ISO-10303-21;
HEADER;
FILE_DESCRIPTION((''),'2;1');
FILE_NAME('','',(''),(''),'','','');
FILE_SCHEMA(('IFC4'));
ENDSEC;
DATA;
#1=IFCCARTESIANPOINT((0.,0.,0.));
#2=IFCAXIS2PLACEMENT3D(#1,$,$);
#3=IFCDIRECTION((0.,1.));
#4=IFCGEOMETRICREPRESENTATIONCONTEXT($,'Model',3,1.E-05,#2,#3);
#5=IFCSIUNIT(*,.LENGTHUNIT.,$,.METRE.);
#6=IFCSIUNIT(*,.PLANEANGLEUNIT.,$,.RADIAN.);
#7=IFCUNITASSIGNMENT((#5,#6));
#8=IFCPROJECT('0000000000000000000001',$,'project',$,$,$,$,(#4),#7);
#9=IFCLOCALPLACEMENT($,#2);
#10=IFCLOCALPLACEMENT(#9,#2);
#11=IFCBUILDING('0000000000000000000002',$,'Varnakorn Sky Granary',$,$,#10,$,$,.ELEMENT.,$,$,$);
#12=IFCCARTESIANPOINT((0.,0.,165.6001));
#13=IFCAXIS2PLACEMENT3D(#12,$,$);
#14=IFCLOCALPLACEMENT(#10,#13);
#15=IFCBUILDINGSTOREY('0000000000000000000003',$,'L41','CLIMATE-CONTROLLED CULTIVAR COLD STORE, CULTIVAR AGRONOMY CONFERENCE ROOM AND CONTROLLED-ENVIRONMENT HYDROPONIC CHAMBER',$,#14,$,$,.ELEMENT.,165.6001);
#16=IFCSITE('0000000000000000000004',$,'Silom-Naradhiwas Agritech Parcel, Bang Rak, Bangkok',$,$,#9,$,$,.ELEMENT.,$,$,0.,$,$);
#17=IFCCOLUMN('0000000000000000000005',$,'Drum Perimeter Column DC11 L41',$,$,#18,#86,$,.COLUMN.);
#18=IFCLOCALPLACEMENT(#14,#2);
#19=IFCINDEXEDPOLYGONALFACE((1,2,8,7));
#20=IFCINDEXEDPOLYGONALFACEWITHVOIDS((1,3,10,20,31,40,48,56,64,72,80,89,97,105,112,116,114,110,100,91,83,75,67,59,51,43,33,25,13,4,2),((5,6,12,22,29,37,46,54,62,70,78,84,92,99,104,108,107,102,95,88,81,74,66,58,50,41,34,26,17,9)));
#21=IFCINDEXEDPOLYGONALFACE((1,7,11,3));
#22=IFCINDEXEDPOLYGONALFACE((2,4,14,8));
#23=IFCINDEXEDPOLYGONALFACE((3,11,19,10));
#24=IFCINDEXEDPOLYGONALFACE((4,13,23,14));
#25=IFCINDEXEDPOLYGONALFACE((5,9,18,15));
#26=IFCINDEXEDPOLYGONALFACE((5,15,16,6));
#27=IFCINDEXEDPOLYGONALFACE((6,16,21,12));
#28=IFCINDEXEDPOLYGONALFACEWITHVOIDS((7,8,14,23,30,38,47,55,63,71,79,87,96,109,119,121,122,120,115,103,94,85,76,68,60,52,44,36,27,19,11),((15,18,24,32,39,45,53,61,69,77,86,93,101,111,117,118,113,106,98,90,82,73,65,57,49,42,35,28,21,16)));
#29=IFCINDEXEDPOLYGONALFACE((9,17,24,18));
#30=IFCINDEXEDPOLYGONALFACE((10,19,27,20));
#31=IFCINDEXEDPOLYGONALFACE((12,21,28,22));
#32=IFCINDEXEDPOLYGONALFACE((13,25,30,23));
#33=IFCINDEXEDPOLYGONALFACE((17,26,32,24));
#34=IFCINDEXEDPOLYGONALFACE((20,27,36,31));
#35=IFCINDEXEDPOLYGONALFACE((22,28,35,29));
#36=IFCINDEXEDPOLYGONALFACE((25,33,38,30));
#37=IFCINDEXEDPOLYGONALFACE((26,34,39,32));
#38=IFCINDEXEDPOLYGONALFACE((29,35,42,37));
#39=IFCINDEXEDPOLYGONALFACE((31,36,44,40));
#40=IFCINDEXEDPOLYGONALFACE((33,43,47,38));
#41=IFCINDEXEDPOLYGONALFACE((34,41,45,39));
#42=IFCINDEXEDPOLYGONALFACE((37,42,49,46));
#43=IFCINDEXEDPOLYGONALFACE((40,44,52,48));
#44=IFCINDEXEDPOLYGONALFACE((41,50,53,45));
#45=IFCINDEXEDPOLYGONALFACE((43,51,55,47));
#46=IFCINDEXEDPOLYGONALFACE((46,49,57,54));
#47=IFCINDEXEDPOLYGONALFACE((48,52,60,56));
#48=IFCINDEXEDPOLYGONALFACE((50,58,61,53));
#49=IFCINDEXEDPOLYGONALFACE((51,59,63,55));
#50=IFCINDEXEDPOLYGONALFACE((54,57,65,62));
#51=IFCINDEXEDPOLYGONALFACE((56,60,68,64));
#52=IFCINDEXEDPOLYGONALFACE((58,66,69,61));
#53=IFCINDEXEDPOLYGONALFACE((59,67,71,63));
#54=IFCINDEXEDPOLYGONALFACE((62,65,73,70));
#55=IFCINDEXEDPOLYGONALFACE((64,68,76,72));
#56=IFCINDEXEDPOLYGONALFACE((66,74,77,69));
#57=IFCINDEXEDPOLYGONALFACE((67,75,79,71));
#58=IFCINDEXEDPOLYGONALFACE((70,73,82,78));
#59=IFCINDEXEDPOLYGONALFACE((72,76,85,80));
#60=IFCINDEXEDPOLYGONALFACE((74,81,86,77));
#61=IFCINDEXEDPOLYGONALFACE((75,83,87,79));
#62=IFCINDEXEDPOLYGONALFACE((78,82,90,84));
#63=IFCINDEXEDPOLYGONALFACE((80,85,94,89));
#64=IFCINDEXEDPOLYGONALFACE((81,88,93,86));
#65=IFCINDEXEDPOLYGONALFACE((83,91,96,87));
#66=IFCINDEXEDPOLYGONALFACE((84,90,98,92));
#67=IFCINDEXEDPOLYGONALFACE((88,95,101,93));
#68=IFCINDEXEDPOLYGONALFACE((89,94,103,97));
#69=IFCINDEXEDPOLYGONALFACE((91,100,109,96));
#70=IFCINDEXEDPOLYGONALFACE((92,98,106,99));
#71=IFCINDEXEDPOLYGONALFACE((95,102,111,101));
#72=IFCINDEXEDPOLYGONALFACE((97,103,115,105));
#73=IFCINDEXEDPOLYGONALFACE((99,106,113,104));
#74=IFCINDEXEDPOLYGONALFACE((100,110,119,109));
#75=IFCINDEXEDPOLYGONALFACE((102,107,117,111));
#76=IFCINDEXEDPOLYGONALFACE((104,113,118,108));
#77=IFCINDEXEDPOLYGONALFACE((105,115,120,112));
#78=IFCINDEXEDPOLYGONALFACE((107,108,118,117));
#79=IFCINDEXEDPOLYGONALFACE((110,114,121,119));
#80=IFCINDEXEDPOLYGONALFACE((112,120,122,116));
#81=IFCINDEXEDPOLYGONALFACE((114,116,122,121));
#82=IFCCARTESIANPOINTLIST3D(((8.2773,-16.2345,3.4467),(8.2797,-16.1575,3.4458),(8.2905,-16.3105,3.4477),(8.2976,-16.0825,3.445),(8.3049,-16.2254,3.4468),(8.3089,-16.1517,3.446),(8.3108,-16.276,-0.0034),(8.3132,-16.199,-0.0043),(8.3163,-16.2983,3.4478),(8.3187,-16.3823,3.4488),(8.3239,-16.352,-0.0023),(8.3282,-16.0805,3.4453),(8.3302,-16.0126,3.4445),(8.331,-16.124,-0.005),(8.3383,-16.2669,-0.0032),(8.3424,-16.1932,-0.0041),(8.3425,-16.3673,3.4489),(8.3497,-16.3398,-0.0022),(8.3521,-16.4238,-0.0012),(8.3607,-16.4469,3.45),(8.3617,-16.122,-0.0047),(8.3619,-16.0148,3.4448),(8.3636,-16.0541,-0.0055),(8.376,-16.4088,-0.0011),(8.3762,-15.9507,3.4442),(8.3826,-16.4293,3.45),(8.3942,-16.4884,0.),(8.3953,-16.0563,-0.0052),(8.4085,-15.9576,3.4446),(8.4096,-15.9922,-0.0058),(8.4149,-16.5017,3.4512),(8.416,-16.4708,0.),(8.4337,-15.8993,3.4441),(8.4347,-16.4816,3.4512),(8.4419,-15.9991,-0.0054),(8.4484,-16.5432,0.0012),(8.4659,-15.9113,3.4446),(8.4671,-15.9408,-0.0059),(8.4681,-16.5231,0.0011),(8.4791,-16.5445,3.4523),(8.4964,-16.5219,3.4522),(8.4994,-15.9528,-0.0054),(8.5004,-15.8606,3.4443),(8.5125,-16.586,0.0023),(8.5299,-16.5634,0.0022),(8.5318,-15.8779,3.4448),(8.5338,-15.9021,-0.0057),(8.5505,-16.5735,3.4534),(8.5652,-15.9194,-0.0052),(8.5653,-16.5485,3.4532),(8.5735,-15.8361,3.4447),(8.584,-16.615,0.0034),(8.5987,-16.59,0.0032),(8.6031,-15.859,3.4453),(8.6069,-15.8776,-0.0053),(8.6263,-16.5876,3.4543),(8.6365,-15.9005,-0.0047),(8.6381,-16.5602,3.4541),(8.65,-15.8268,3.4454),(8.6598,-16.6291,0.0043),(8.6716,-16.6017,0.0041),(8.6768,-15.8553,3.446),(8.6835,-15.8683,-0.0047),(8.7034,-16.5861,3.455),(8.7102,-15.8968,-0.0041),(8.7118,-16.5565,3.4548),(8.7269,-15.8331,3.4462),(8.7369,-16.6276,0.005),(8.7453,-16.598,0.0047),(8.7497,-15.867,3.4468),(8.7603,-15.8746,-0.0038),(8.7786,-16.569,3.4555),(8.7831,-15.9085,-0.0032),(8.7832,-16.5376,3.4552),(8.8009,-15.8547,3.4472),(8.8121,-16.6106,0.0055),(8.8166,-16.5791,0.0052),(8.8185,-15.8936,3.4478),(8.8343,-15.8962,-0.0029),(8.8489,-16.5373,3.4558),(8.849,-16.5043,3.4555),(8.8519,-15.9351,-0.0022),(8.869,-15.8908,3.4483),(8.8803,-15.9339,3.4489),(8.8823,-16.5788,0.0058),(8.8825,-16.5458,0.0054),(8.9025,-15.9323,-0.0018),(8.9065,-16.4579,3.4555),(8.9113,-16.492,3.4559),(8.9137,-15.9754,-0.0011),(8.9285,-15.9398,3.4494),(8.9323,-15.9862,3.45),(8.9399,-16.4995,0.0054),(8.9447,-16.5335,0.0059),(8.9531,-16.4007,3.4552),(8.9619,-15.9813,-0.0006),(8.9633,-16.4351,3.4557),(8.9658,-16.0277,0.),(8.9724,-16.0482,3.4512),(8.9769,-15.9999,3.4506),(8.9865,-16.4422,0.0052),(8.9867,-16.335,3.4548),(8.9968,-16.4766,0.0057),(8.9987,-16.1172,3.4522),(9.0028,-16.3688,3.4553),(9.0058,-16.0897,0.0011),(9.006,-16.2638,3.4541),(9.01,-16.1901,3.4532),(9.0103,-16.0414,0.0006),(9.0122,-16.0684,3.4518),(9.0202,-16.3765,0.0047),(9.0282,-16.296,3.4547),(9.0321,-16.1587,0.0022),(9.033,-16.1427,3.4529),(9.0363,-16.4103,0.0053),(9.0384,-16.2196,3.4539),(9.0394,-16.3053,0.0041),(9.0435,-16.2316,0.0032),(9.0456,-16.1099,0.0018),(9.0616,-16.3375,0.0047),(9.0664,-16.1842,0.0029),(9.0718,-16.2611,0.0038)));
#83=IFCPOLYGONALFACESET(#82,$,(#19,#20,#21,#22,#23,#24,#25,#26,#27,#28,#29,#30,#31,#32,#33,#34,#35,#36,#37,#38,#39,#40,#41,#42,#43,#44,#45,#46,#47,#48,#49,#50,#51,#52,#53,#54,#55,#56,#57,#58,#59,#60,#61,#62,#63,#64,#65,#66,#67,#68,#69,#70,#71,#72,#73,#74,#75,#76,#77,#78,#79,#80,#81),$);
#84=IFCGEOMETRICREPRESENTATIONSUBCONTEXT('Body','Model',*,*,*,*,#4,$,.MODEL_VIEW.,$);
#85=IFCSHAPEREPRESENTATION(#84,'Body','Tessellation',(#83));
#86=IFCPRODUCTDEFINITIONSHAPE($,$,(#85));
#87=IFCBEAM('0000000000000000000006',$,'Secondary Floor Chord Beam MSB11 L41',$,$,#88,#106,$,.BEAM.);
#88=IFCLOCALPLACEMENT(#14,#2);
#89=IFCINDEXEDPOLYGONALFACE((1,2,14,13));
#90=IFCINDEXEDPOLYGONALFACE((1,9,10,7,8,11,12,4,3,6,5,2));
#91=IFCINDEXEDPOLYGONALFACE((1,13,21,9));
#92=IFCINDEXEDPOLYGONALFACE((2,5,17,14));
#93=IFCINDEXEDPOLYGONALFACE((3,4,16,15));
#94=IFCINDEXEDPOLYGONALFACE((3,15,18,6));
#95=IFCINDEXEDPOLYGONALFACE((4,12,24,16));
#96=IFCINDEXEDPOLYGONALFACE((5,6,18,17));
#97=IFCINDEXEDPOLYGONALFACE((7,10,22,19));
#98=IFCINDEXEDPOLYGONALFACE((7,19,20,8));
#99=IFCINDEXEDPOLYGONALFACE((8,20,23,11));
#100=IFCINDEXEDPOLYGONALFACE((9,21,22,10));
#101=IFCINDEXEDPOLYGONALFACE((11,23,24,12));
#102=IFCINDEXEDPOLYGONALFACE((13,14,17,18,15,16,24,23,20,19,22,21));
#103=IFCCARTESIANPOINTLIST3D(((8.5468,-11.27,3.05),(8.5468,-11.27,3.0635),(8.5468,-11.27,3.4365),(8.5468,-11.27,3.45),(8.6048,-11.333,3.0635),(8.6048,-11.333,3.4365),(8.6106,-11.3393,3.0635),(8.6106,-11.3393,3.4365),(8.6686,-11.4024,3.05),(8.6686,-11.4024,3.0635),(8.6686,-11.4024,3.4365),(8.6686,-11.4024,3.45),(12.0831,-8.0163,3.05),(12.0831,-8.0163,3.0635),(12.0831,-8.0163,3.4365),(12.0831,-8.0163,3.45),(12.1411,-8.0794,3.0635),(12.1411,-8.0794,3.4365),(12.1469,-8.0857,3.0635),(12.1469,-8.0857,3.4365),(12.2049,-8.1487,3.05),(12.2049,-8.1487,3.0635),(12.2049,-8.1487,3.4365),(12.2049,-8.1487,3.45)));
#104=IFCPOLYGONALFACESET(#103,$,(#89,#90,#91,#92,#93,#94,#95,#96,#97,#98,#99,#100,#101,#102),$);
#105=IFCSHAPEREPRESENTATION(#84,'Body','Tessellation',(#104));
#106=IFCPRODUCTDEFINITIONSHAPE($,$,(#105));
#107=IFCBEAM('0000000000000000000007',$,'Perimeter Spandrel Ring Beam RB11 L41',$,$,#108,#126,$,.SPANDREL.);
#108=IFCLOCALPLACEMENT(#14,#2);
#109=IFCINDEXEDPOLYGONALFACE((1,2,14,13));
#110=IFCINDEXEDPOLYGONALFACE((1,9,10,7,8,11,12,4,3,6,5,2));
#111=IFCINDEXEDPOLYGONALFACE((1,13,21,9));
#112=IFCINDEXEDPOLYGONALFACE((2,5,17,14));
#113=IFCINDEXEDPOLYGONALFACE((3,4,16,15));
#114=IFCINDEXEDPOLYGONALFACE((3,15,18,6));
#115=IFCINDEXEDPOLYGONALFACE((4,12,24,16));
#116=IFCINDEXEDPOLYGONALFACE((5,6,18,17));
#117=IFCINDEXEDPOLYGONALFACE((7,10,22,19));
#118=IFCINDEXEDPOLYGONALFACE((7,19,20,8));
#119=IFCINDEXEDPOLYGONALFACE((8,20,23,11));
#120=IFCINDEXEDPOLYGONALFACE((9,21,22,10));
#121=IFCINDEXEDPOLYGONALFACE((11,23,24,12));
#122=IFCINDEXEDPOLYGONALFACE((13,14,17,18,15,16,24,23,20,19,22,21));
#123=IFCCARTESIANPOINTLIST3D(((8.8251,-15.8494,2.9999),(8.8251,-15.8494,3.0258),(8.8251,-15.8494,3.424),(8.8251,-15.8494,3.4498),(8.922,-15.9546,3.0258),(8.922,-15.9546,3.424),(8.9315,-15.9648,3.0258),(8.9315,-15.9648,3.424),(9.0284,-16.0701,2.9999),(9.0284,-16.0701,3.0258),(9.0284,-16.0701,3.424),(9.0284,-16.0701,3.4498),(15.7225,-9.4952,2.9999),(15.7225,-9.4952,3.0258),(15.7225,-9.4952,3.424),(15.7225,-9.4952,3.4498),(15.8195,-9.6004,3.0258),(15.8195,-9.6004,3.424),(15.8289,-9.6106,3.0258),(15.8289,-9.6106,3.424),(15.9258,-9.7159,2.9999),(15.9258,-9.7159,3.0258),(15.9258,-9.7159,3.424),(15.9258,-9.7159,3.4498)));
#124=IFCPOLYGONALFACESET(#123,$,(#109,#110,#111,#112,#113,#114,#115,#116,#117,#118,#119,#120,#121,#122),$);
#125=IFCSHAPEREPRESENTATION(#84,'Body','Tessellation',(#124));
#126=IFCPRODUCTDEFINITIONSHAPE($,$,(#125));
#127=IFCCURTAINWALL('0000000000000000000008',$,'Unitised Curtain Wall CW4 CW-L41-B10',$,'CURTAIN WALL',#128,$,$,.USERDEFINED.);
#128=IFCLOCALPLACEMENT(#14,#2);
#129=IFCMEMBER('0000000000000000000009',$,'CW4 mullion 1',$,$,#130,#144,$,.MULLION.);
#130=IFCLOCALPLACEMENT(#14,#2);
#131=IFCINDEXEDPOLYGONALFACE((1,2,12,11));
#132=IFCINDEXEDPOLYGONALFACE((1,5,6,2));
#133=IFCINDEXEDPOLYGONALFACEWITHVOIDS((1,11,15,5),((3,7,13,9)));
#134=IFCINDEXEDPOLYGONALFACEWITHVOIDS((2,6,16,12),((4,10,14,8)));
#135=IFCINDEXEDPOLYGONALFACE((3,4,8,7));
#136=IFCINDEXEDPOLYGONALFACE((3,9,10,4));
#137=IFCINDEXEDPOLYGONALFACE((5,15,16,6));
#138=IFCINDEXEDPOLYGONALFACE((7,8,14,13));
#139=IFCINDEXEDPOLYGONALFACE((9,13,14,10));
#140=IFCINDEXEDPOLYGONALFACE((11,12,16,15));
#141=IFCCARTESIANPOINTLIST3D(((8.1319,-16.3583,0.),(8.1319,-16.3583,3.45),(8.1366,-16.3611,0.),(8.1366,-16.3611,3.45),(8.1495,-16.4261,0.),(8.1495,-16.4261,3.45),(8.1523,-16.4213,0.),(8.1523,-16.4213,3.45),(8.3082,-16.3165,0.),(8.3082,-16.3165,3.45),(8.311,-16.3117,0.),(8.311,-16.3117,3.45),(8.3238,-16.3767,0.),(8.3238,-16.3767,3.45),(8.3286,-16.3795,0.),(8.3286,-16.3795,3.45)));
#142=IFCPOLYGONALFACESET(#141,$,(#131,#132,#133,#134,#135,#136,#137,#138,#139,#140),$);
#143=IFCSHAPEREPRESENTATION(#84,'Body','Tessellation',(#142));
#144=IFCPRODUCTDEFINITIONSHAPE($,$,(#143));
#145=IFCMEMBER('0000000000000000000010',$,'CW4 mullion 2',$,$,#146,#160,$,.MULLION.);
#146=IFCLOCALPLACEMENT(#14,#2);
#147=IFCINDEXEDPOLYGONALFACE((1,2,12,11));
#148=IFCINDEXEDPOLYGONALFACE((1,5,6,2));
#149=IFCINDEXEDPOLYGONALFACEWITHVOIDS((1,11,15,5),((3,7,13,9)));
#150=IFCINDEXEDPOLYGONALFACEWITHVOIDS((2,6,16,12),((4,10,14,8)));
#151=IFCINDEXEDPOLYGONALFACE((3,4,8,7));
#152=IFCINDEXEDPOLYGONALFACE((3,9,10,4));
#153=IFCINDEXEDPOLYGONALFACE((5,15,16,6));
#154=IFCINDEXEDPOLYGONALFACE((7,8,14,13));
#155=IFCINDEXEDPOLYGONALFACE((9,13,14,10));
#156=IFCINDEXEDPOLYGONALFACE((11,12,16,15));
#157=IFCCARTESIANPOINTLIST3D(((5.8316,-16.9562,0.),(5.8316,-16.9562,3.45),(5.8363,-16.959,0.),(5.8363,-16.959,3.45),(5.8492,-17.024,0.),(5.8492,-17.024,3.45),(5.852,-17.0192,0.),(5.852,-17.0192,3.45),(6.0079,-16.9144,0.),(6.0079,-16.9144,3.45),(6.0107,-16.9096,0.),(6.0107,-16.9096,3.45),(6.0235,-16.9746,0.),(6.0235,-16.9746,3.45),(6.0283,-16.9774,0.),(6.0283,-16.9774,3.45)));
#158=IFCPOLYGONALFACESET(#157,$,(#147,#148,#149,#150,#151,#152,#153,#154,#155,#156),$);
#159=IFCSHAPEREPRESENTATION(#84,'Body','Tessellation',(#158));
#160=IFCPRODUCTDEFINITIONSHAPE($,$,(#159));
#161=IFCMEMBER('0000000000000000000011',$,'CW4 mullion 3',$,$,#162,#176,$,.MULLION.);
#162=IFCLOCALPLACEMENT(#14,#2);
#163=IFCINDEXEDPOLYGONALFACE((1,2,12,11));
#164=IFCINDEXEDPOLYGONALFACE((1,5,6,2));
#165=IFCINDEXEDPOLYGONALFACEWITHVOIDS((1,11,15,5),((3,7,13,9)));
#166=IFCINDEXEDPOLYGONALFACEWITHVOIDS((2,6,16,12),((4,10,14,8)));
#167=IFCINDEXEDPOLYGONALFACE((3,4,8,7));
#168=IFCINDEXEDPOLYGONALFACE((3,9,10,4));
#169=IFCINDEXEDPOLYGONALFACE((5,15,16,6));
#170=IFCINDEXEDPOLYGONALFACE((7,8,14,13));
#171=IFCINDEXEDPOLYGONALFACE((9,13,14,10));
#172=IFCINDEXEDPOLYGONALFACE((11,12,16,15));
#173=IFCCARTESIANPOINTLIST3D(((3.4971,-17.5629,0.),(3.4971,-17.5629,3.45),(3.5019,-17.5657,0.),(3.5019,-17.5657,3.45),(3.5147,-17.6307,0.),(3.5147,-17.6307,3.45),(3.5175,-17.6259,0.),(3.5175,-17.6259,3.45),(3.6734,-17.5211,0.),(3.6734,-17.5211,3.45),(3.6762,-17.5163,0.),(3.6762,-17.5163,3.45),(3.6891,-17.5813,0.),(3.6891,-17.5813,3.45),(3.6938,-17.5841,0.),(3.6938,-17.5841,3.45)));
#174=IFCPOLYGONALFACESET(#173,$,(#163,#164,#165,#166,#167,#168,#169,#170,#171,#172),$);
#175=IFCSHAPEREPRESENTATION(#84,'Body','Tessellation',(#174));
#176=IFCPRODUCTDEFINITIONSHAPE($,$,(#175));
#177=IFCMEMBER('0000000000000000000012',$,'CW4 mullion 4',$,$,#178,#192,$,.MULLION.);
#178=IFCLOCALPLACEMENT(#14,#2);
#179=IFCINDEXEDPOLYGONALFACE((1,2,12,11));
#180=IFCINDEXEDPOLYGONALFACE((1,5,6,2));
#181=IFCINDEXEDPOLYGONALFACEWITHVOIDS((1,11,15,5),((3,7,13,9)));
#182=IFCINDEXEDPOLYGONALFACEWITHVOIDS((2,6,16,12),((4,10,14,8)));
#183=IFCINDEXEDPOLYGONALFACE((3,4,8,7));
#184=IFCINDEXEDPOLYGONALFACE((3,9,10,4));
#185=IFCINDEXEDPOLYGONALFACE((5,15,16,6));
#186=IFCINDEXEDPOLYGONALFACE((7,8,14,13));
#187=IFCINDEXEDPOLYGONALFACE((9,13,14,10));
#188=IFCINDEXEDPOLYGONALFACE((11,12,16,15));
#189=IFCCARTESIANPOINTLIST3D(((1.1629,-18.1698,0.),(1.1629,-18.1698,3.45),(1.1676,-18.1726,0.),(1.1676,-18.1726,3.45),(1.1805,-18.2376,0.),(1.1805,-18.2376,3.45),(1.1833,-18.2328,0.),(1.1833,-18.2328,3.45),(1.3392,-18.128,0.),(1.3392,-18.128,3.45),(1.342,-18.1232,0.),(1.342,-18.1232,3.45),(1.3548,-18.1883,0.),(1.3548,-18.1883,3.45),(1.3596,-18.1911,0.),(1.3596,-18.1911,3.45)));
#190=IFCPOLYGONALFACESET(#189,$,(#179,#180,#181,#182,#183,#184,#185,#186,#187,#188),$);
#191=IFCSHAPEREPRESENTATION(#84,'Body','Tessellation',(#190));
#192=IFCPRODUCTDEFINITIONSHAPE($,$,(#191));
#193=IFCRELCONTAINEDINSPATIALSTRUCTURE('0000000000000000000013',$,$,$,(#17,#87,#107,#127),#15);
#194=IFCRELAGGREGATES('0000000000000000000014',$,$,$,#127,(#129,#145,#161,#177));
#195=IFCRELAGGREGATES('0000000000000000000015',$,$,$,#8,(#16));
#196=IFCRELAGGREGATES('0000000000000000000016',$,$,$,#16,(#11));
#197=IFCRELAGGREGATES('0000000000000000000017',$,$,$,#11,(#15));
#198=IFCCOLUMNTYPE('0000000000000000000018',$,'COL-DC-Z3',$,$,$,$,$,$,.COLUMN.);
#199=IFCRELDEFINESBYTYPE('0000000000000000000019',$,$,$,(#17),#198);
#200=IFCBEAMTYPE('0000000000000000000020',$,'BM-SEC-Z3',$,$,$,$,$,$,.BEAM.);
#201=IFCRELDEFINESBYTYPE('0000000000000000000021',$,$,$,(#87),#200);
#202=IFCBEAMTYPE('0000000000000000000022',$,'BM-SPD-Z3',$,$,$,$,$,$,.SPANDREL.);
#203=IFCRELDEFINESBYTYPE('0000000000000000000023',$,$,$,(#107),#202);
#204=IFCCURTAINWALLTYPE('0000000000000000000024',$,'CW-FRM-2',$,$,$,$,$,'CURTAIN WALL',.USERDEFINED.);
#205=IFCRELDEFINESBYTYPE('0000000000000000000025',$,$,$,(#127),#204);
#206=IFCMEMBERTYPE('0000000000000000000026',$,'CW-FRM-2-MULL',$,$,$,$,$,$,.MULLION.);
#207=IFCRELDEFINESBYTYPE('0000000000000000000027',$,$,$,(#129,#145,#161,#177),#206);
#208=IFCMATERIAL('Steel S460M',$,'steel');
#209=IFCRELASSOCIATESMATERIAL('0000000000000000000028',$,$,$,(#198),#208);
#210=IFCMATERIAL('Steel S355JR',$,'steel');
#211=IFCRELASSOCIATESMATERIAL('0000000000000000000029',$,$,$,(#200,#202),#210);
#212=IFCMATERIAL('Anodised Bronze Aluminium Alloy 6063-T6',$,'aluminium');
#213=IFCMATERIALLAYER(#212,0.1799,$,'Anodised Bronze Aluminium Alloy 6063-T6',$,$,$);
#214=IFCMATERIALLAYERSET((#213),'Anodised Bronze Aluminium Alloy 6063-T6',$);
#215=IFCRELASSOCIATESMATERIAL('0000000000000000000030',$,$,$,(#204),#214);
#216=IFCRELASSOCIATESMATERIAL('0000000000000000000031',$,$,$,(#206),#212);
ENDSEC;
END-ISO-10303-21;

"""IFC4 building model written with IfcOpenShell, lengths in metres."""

from ifc_helpers import new_model, si_unit, direction, frame, origin, origin_2d, place, context, subcontext, project, spatial, hollow_rectangle, hollow_circle, i_section, extrude, material, layer, layer_set, material_profile, profile_set, type_object, element, aggregate, save


model = new_model("IFC4")

# Units and contexts
model_context = context("Model", 3, precision=1e-05, world=origin(), true_north=direction((0.0, 1.0)))
body_context = subcontext(model_context, "Body", "Model", "MODEL_VIEW")
ifc_project = project(units=[si_unit("LENGTHUNIT", "METRE"), si_unit("PLANEANGLEUNIT", "RADIAN")], contexts=[model_context])

# Site, building, storey
site_placement = place(None, origin())
site = spatial("IfcSite", under=ifc_project, at=site_placement, Name="Silom-Naradhiwas Agritech Parcel, Bang Rak, Bangkok", CompositionType="ELEMENT", RefElevation=0.0)
building_placement = place(site_placement, origin())
building = spatial("IfcBuilding", under=site, at=building_placement, Name="Varnakorn Sky Granary", CompositionType="ELEMENT")
storey_placement = place(building_placement, frame((0.0, 0.0, 165.6001)))
storey = spatial("IfcBuildingStorey", under=building, at=storey_placement, Name="L41", Description="CLIMATE-CONTROLLED CULTIVAR COLD STORE, CULTIVAR AGRONOMY CONFERENCE ROOM AND CONTROLLED-ENVIRONMENT HYDROPONIC CHAMBER", CompositionType="ELEMENT", Elevation=165.6001)

# Column
ifc_material_1 = material(Name="Steel S460M", Category="steel")
ifc_material_profile_1 = material_profile(ifc_material_1, hollow_circle(Radius=0.3811, WallThickness=0.0281, at=origin_2d()), Name="CHS 762x28")
ifc_profile_set_1 = profile_set([ifc_material_profile_1], Name="Steel S460M")
column_type = type_object("IfcColumnType", Name="COL-DC-Z3", PredefinedType="COLUMN", material=ifc_profile_set_1)
column_placement = place(storey_placement, frame((8.6909, -16.2493, 0.0), z_axis=(-0.009694, 0.012029, 0.999881), x_axis=(-0.77863, -0.627484, 0.0)))
element("IfcColumn", 1, at=column_placement, inside=storey, type_object=column_type, Name="Drum Perimeter Column DC11 L41", PredefinedType="COLUMN", context=body_context, shape_type="SweptSolid", body=[
    extrude(hollow_circle(Radius=0.3811, WallThickness=0.0281, at=origin_2d()), origin(), (0.0, 0.0, 1.0), 3.4504),
])

# Beams
ifc_material_2 = material(Name="Steel S355JR", Category="steel")
ifc_material_profile_2 = material_profile(ifc_material_2, i_section(OverallWidth=0.1799, OverallDepth=0.3999, WebThickness=0.0085, FlangeThickness=0.0134, at=origin_2d()), Name="IPE 400")
ifc_profile_set_2 = profile_set([ifc_material_profile_2], Name="Steel S355JR")
beam_type_1 = type_object("IfcBeamType", Name="BM-SEC-Z3", PredefinedType="BEAM", material=ifc_profile_set_2)
beam_1_placement = place(storey_placement, frame((8.6077, -11.3362, 3.25), z_axis=(0.735911, 0.677079, 0.0), x_axis=(-0.677079, 0.735911, 0.0)))
element("IfcBeam", 2, at=beam_1_placement, inside=storey, type_object=beam_type_1, Name="Secondary Floor Chord Beam MSB11 L41", PredefinedType="BEAM", context=body_context, shape_type="SweptSolid", body=[
    extrude(i_section(OverallWidth=0.1799, OverallDepth=0.3999, WebThickness=0.0085, FlangeThickness=0.0134, at=origin_2d()), origin(), (0.0, 0.0, 1.0), 4.8054),
])
ifc_material_profile_3 = material_profile(ifc_material_2, i_section(OverallWidth=0.3, OverallDepth=0.45, WebThickness=0.0139, FlangeThickness=0.0259, at=origin_2d()), Name="HE 450 B")
ifc_profile_set_3 = profile_set([ifc_material_profile_3], Name="Steel S355JR")
beam_type_2 = type_object("IfcBeamType", Name="BM-SPD-Z3", PredefinedType="SPANDREL", material=ifc_profile_set_3)
beam_2_placement = place(storey_placement, frame((8.9268, -15.9597, 3.2249), z_axis=(0.735475, 0.677552, 0.0), x_axis=(-0.677552, 0.735475, 0.0)))
element("IfcBeam", 3, at=beam_2_placement, inside=storey, type_object=beam_type_2, Name="Perimeter Spandrel Ring Beam RB11 L41", PredefinedType="SPANDREL", context=body_context, shape_type="SweptSolid", body=[
    extrude(i_section(OverallWidth=0.3, OverallDepth=0.45, WebThickness=0.0139, FlangeThickness=0.0259, at=origin_2d()), origin(), (0.0, 0.0, 1.0), 9.3782),
])

# Curtain wall, members
ifc_material_3 = material(Name="Anodised Bronze Aluminium Alloy 6063-T6", Category="aluminium")
ifc_layer_1 = layer(ifc_material_3, 0.1799, Name="Anodised Bronze Aluminium Alloy 6063-T6")
ifc_layer_set_1 = layer_set([ifc_layer_1], Name="Anodised Bronze Aluminium Alloy 6063-T6")
curtain_wall_type = type_object("IfcCurtainWallType", Name="CW-FRM-2", ElementType="CURTAIN WALL", PredefinedType="USERDEFINED", material=ifc_layer_set_1)
curtain_wall_placement = place(storey_placement, origin())
curtain_wall = element("IfcCurtainWall", 4, at=curtain_wall_placement, inside=storey, type_object=curtain_wall_type, Name="Unitised Curtain Wall CW4 CW-L41-B10", ObjectType="CURTAIN WALL", PredefinedType="USERDEFINED")
ifc_material_profile_4 = material_profile(ifc_material_3, hollow_rectangle(XDim=0.0701, YDim=0.1851, WallThickness=0.0039, at=origin_2d()), Name="ALU MULL 70x185")
ifc_profile_set_4 = profile_set([ifc_material_profile_4], Name="Anodised Bronze Aluminium Alloy 6063-T6")
member_type_1 = type_object("IfcMemberType", Name="CW-FRM-2-MULL", PredefinedType="MULLION", material=ifc_profile_set_4)
member_1_placement = place(storey_placement, frame((8.2302, -16.3689, 0.0), z_axis=(0.0, 0.0, 1.0), x_axis=(0.251564, -0.967841, 0.0)))
member_1 = element("IfcMember", 5, at=member_1_placement, type_object=member_type_1, Name="CW4 mullion 1", PredefinedType="MULLION", context=body_context, shape_type="SweptSolid", body=[
    extrude(hollow_rectangle(XDim=0.0701, YDim=0.1851, WallThickness=0.0039, at=origin_2d()), origin(), (0.0, 0.0, 1.0), 3.45),
])
member_2_placement = place(storey_placement, frame((5.9299, -16.9668, 0.0), z_axis=(0.0, 0.0, 1.0), x_axis=(0.251564, -0.967841, 0.0)))
member_2 = element("IfcMember", 6, at=member_2_placement, type_object=member_type_1, Name="CW4 mullion 2", PredefinedType="MULLION", context=body_context, shape_type="SweptSolid", body=[
    extrude(hollow_rectangle(XDim=0.0701, YDim=0.1851, WallThickness=0.0039, at=origin_2d()), origin(), (0.0, 0.0, 1.0), 3.45),
])
member_3_placement = place(storey_placement, frame((3.5955, -17.5735, 0.0), z_axis=(0.0, 0.0, 1.0), x_axis=(0.251564, -0.967841, 0.0)))
member_3 = element("IfcMember", 7, at=member_3_placement, type_object=member_type_1, Name="CW4 mullion 3", PredefinedType="MULLION", context=body_context, shape_type="SweptSolid", body=[
    extrude(hollow_rectangle(XDim=0.0701, YDim=0.1851, WallThickness=0.0039, at=origin_2d()), origin(), (0.0, 0.0, 1.0), 3.45),
])
member_4_placement = place(storey_placement, frame((1.2612, -18.1804, 0.0), z_axis=(0.0, 0.0, 1.0), x_axis=(0.251564, -0.967841, 0.0)))
member_4 = element("IfcMember", 8, at=member_4_placement, type_object=member_type_1, Name="CW4 mullion 4", PredefinedType="MULLION", context=body_context, shape_type="SweptSolid", body=[
    extrude(hollow_rectangle(XDim=0.0701, YDim=0.1851, WallThickness=0.0039, at=origin_2d()), origin(), (0.0, 0.0, 1.0), 3.45),
])

aggregate(curtain_wall, [member_1, member_2, member_3, member_4])

save(model, "model.ifc")
